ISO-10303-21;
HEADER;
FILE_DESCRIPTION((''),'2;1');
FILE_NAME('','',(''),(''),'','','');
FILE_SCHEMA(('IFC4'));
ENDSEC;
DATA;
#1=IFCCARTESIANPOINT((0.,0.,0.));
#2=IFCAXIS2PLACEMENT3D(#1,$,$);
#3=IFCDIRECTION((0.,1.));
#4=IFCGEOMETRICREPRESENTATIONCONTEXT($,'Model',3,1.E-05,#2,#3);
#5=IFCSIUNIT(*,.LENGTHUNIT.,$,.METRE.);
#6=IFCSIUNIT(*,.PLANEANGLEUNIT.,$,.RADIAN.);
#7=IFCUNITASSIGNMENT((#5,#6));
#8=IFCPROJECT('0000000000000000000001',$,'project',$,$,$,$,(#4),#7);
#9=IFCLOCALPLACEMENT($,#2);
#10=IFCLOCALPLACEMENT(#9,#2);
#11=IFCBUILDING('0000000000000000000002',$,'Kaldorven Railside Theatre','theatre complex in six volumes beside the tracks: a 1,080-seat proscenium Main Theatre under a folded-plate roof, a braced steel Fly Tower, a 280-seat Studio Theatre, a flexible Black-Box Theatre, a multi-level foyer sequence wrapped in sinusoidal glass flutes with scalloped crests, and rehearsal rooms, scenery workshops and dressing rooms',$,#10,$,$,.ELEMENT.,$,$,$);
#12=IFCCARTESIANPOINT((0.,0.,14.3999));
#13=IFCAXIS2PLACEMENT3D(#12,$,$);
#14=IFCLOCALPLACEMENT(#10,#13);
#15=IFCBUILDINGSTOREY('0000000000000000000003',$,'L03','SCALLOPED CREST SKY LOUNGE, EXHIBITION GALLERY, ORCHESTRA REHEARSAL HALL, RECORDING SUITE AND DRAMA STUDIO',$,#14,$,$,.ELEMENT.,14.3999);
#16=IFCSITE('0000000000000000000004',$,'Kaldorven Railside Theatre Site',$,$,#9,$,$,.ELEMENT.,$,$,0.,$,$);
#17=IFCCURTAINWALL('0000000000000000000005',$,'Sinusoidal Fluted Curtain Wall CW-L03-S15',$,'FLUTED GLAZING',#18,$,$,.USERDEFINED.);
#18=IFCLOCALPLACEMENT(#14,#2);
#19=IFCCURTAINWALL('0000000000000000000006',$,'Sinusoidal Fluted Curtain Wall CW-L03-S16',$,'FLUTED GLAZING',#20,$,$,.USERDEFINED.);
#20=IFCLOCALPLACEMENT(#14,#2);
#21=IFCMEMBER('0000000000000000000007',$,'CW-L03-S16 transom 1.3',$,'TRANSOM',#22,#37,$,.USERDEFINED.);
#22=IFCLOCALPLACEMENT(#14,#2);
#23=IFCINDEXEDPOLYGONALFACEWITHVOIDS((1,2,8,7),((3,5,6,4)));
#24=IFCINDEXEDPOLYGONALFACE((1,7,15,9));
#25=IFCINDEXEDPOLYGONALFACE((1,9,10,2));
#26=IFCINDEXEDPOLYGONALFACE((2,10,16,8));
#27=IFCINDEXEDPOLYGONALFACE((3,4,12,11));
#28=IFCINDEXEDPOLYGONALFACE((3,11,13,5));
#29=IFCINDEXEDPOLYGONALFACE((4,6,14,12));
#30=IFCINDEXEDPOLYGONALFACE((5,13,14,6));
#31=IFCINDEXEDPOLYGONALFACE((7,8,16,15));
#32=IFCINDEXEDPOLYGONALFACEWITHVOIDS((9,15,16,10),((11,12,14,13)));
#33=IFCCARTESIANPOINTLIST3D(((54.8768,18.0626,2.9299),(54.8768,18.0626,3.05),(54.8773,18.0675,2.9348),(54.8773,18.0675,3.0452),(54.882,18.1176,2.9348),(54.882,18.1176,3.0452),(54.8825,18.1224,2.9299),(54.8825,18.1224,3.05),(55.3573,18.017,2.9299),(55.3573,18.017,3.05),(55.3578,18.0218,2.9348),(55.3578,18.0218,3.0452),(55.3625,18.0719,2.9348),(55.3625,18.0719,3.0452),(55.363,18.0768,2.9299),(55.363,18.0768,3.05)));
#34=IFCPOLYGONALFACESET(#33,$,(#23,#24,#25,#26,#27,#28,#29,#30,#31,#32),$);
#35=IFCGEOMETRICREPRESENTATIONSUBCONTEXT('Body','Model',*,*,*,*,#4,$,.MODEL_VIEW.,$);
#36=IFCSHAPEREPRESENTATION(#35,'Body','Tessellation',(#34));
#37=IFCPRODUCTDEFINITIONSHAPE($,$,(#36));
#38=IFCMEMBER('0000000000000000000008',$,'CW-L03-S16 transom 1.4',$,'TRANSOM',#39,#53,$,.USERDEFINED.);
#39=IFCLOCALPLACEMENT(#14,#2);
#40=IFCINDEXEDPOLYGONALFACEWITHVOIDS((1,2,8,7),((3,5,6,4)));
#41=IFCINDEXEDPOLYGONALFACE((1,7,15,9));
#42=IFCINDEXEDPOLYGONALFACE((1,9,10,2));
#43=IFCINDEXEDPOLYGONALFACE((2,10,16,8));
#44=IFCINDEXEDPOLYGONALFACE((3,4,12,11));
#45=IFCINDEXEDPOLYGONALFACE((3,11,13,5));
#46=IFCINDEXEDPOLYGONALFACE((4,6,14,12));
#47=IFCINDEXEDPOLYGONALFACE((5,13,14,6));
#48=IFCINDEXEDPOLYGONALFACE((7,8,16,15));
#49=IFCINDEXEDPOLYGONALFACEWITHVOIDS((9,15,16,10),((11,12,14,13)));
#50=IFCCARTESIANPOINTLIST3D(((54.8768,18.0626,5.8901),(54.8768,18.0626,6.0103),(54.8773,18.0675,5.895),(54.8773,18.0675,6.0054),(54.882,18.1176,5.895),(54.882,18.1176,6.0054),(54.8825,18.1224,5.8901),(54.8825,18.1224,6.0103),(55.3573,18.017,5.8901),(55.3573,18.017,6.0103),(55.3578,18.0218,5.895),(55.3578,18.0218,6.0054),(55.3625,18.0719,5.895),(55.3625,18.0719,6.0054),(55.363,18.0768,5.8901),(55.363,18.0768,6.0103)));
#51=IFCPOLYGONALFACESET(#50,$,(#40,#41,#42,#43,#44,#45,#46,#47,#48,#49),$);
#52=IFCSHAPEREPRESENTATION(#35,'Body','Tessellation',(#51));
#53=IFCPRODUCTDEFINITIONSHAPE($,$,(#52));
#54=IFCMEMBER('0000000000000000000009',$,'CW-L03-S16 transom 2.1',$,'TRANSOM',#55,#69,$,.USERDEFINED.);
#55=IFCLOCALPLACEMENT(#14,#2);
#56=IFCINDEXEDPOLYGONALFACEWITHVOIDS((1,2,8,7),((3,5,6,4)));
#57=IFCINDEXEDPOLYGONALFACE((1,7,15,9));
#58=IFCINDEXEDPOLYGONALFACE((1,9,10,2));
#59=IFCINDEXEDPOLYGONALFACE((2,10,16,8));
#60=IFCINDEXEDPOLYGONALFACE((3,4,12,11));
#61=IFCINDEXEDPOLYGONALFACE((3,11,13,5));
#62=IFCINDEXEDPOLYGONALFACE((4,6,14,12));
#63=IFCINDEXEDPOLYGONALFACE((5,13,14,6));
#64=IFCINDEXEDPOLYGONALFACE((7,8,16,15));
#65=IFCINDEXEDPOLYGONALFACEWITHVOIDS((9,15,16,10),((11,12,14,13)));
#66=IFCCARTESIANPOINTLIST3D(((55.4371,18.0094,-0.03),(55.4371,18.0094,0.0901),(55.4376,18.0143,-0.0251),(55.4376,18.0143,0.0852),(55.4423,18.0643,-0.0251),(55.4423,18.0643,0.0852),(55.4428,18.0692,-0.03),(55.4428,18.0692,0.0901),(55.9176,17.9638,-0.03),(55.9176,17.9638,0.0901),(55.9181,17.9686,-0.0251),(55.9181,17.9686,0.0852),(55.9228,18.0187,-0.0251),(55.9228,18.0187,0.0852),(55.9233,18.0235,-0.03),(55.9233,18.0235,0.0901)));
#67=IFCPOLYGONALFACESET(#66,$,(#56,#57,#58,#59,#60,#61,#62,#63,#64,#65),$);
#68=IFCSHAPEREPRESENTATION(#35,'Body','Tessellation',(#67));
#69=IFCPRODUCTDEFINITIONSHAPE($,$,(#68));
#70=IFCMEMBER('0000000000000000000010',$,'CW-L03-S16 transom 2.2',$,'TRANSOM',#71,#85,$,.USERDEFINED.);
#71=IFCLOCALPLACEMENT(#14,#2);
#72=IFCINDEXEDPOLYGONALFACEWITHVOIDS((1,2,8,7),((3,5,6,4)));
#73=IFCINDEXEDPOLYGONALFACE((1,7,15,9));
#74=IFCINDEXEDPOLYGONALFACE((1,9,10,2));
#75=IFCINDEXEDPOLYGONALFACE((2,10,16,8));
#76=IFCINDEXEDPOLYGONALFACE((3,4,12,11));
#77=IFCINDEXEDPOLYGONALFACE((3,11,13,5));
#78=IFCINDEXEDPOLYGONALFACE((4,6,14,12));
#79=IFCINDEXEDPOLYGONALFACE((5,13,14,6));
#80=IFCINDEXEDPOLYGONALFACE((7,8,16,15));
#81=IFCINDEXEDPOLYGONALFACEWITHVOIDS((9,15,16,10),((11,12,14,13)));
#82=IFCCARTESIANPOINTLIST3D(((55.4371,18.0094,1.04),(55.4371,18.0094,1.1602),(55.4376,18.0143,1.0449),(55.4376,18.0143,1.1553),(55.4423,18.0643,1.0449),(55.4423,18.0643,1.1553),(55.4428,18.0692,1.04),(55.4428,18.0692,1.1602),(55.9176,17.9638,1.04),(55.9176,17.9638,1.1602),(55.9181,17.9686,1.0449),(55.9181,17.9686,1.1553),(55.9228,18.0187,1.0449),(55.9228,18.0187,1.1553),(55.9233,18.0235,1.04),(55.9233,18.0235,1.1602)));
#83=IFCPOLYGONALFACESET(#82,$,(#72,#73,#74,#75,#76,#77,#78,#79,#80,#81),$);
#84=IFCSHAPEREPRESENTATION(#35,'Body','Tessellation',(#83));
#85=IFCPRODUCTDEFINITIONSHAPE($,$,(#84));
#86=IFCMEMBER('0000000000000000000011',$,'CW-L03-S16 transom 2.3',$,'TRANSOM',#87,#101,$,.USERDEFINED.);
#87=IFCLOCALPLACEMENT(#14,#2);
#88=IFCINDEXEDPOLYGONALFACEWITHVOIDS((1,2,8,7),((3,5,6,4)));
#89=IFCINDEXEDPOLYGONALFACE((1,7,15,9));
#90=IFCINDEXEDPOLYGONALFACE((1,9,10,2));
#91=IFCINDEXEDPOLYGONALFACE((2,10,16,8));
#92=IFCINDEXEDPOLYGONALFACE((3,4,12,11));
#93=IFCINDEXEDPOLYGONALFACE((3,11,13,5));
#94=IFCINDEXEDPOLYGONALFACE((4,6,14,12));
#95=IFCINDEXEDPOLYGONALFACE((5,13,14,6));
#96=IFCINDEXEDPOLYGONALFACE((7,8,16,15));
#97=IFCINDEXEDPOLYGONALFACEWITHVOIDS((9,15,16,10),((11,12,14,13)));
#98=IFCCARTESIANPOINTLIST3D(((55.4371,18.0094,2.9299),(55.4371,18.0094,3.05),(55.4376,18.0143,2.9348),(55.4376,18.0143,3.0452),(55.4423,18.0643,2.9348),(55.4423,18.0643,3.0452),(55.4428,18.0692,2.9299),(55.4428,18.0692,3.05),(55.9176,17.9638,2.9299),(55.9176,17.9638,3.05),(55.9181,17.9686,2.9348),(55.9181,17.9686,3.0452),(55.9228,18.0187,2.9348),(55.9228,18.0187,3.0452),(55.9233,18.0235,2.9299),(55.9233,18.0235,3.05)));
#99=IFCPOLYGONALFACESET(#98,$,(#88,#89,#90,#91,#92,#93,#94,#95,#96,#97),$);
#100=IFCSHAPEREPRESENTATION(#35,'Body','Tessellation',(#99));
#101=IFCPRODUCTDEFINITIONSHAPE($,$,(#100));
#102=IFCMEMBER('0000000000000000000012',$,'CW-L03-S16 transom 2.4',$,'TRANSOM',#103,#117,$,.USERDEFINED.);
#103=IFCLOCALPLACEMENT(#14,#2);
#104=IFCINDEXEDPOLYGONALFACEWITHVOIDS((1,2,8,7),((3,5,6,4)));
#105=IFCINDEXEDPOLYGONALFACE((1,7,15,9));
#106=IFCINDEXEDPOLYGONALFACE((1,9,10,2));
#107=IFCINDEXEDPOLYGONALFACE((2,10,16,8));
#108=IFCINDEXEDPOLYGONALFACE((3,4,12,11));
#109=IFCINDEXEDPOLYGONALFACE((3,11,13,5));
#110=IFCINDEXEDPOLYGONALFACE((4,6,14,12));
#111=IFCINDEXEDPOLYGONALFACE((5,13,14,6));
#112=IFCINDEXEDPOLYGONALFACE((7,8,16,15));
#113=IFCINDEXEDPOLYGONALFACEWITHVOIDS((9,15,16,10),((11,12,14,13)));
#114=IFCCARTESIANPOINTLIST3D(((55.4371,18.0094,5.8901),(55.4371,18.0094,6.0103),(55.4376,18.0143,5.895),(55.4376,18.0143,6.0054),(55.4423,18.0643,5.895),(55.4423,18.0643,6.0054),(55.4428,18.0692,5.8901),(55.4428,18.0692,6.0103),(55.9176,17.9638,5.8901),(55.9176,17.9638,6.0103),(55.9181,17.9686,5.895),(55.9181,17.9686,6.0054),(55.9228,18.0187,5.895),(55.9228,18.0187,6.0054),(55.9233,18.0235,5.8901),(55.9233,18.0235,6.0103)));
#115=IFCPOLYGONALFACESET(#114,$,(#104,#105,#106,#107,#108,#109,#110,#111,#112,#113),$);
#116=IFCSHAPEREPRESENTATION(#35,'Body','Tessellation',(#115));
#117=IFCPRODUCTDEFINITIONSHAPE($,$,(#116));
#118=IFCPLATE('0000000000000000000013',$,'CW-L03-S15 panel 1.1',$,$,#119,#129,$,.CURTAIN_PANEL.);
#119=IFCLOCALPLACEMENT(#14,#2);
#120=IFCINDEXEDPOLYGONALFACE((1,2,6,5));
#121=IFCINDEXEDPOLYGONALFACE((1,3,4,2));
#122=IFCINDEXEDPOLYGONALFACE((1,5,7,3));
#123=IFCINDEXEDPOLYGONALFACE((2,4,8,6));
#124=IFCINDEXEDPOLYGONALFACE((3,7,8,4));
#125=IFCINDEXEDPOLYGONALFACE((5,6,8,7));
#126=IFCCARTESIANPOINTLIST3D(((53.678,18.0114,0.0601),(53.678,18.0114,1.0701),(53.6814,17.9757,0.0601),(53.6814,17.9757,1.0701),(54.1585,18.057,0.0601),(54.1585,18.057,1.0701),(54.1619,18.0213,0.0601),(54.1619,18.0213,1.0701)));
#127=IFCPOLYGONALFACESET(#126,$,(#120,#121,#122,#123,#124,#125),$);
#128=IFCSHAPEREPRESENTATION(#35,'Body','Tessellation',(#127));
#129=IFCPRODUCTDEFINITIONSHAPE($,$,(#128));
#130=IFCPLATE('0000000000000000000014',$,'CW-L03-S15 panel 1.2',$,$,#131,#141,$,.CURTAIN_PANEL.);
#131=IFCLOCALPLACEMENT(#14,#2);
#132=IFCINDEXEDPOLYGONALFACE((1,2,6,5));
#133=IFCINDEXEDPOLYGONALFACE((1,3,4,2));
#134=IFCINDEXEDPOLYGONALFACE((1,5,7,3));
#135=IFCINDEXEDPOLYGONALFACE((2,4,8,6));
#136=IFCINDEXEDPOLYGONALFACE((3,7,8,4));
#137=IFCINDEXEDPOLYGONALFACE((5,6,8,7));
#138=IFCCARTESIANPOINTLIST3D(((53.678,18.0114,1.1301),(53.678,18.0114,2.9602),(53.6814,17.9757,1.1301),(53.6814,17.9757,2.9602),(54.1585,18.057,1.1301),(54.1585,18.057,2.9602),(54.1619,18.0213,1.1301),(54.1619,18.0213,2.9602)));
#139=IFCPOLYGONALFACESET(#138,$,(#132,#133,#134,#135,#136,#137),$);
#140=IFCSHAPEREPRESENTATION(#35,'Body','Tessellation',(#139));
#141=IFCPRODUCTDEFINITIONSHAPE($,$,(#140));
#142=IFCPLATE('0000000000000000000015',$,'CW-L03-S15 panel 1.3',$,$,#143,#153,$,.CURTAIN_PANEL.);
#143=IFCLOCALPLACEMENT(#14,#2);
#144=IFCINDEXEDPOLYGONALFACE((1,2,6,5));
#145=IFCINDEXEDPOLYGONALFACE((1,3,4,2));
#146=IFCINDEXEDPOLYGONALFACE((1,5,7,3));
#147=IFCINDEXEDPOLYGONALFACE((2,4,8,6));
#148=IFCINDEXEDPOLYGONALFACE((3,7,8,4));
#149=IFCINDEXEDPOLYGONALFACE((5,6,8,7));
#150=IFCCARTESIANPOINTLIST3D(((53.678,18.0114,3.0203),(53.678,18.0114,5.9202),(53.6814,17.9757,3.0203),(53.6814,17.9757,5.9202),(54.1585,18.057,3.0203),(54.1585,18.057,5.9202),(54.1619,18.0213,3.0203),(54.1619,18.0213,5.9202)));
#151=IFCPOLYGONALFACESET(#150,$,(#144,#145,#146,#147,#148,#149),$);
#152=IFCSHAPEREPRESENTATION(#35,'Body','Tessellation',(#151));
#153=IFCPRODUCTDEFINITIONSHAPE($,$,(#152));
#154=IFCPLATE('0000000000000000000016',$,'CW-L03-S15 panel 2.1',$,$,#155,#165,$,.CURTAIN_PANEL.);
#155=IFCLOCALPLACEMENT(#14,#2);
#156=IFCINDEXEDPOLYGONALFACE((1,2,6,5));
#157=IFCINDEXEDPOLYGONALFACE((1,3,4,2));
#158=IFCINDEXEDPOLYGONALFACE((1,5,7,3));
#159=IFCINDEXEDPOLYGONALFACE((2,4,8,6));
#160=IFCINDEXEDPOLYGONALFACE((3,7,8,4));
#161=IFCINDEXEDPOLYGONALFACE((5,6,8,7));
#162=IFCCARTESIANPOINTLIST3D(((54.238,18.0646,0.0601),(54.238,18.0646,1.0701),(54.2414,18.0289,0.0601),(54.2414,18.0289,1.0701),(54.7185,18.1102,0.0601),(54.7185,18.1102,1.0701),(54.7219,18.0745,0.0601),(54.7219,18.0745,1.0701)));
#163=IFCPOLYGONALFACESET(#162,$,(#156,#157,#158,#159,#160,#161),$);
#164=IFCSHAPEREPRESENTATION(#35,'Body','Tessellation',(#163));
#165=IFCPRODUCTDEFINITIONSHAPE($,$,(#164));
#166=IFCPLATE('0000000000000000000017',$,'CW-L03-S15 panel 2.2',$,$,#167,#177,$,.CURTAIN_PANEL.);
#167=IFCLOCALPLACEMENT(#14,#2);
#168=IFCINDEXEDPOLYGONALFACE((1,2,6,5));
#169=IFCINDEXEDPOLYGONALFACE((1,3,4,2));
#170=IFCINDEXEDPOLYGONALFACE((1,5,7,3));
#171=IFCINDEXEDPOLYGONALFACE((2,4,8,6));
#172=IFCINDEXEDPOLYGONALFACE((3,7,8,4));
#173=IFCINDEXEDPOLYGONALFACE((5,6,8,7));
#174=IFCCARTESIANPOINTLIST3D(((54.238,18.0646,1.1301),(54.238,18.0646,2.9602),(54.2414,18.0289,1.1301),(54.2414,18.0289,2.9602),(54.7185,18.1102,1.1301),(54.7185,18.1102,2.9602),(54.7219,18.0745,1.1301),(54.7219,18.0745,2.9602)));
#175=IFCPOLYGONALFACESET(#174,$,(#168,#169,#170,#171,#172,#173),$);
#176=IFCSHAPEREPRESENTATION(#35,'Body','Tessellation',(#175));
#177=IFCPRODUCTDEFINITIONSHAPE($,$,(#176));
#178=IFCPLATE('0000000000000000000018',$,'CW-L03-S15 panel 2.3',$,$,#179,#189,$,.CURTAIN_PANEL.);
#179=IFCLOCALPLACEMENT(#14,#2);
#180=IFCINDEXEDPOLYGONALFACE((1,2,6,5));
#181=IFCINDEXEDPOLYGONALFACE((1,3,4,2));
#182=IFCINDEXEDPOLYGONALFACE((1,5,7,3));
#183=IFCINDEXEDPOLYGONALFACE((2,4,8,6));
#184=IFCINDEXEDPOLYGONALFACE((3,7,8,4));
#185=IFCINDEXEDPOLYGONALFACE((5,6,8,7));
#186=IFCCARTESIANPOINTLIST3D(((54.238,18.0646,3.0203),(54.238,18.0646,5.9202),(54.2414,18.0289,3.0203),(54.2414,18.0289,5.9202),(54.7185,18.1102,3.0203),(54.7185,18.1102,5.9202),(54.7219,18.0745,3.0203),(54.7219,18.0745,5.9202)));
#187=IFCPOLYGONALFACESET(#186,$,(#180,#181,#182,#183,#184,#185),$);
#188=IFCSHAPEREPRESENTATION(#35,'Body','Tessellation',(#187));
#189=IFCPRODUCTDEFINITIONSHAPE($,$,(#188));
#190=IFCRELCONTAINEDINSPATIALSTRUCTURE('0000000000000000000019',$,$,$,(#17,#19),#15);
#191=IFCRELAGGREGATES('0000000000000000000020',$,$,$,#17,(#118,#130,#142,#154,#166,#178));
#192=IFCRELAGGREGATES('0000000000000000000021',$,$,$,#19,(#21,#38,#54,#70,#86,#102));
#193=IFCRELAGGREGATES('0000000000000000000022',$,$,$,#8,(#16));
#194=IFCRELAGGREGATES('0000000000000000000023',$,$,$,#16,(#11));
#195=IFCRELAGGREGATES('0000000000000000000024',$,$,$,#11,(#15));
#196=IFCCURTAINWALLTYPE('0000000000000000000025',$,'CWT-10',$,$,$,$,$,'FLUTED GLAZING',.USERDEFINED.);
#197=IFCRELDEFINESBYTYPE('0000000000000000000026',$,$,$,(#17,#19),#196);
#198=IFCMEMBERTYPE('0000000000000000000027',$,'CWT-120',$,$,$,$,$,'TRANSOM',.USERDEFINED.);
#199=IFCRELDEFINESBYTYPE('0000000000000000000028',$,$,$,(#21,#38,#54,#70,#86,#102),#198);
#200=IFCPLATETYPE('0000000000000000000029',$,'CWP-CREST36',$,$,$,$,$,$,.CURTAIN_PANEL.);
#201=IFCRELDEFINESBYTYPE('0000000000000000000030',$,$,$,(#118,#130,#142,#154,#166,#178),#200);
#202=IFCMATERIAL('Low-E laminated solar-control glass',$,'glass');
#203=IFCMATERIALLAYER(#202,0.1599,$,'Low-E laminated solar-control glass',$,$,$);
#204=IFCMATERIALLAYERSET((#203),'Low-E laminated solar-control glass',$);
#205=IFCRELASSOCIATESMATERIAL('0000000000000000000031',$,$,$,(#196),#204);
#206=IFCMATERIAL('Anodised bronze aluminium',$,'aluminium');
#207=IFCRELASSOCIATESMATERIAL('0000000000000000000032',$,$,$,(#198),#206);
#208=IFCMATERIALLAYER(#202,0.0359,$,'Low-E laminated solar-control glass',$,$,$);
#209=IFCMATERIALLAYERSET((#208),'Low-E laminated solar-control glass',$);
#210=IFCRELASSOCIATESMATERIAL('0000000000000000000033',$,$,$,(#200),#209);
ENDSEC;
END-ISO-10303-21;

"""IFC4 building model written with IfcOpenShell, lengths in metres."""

from ifc_helpers import new_model, si_unit, direction, frame, origin, origin_2d, place, context, subcontext, project, spatial, rectangle, hollow_rectangle, extrude, material, layer, layer_set, material_profile, profile_set, type_object, element, aggregate, save


model = new_model("IFC4")

# Units and contexts
model_context = context("Model", 3, precision=1e-05, world=origin(), true_north=direction((0.0, 1.0)))
body_context = subcontext(model_context, "Body", "Model", "MODEL_VIEW")
ifc_project = project(units=[si_unit("LENGTHUNIT", "METRE"), si_unit("PLANEANGLEUNIT", "RADIAN")], contexts=[model_context])

# Site, building, storey
site_placement = place(None, origin())
site = spatial("IfcSite", under=ifc_project, at=site_placement, Name="Kaldorven Railside Theatre Site", CompositionType="ELEMENT", RefElevation=0.0)
building_placement = place(site_placement, origin())
building = spatial("IfcBuilding", under=site, at=building_placement, Name="Kaldorven Railside Theatre", Description="theatre complex in six volumes beside the tracks: a 1,080-seat proscenium Main Theatre under a folded-plate roof, a braced steel Fly Tower, a 280-seat Studio Theatre, a flexible Black-Box Theatre, a multi-level foyer sequence wrapped in sinusoidal glass flutes with scalloped crests, and rehearsal rooms, scenery workshops and dressing rooms", CompositionType="ELEMENT")
storey_placement = place(building_placement, frame((0.0, 0.0, 14.3999)))
storey = spatial("IfcBuildingStorey", under=building, at=storey_placement, Name="L03", Description="SCALLOPED CREST SKY LOUNGE, EXHIBITION GALLERY, ORCHESTRA REHEARSAL HALL, RECORDING SUITE AND DRAMA STUDIO", CompositionType="ELEMENT", Elevation=14.3999)

# Curtain walls
ifc_material_1 = material(Name="Low-E laminated solar-control glass", Category="glass")
ifc_layer_1 = layer(ifc_material_1, 0.1599, Name="Low-E laminated solar-control glass")
ifc_layer_set_1 = layer_set([ifc_layer_1], Name="Low-E laminated solar-control glass")
curtain_wall_type = type_object("IfcCurtainWallType", Name="CWT-10", ElementType="FLUTED GLAZING", PredefinedType="USERDEFINED", material=ifc_layer_set_1)
curtain_wall_1_placement = place(storey_placement, origin())
curtain_wall_1 = element("IfcCurtainWall", 1, at=curtain_wall_1_placement, inside=storey, type_object=curtain_wall_type, Name="Sinusoidal Fluted Curtain Wall CW-L03-S15", ObjectType="FLUTED GLAZING", PredefinedType="USERDEFINED")
ifc_material_2 = material(Name="Anodised bronze aluminium", Category="aluminium")
curtain_wall_2_placement = place(storey_placement, origin())
curtain_wall_2 = element("IfcCurtainWall", 2, at=curtain_wall_2_placement, inside=storey, type_object=curtain_wall_type, Name="Sinusoidal Fluted Curtain Wall CW-L03-S16", ObjectType="FLUTED GLAZING", PredefinedType="USERDEFINED")

# Members
ifc_material_profile_1 = material_profile(ifc_material_2, hollow_rectangle(XDim=0.0601, YDim=0.1201, WallThickness=0.0049, at=origin_2d()), Name="RHS 120x60x5")
ifc_profile_set_1 = profile_set([ifc_material_profile_1], Name="Anodised bronze aluminium")
member_type_1 = type_object("IfcMemberType", Name="CWT-120", ElementType="TRANSOM", PredefinedType="USERDEFINED", material=ifc_profile_set_1)
member_1_placement = place(storey_placement, frame((54.8796, 18.0925, 2.99), z_axis=(0.995516, -0.094594, 0.0), x_axis=(0.094594, 0.995516, 0.0)))
member_1 = element("IfcMember", 3, at=member_1_placement, type_object=member_type_1, Name="CW-L03-S16 transom 1.3", ObjectType="TRANSOM", PredefinedType="USERDEFINED", context=body_context, shape_type="SweptSolid", body=[
    extrude(hollow_rectangle(XDim=0.0601, YDim=0.1201, WallThickness=0.0049, at=origin_2d()), origin(), (0.0, 0.0, 1.0), 0.4827),
])
member_2_placement = place(storey_placement, frame((54.8796, 18.0925, 5.9502), z_axis=(0.995516, -0.094594, 0.0), x_axis=(0.094594, 0.995516, 0.0)))
member_2 = element("IfcMember", 4, at=member_2_placement, type_object=member_type_1, Name="CW-L03-S16 transom 1.4", ObjectType="TRANSOM", PredefinedType="USERDEFINED", context=body_context, shape_type="SweptSolid", body=[
    extrude(hollow_rectangle(XDim=0.0601, YDim=0.1201, WallThickness=0.0049, at=origin_2d()), origin(), (0.0, 0.0, 1.0), 0.4827),
])
member_3_placement = place(storey_placement, frame((55.4399, 18.0393, 0.03), z_axis=(0.995516, -0.094594, 0.0), x_axis=(0.094594, 0.995516, 0.0)))
member_3 = element("IfcMember", 5, at=member_3_placement, type_object=member_type_1, Name="CW-L03-S16 transom 2.1", ObjectType="TRANSOM", PredefinedType="USERDEFINED", context=body_context, shape_type="SweptSolid", body=[
    extrude(hollow_rectangle(XDim=0.0601, YDim=0.1201, WallThickness=0.0049, at=origin_2d()), origin(), (0.0, 0.0, 1.0), 0.4827),
])
member_4_placement = place(storey_placement, frame((55.4399, 18.0393, 1.1001), z_axis=(0.995516, -0.094594, 0.0), x_axis=(0.094594, 0.995516, 0.0)))
member_4 = element("IfcMember", 6, at=member_4_placement, type_object=member_type_1, Name="CW-L03-S16 transom 2.2", ObjectType="TRANSOM", PredefinedType="USERDEFINED", context=body_context, shape_type="SweptSolid", body=[
    extrude(hollow_rectangle(XDim=0.0601, YDim=0.1201, WallThickness=0.0049, at=origin_2d()), origin(), (0.0, 0.0, 1.0), 0.4827),
])
member_5_placement = place(storey_placement, frame((55.4399, 18.0393, 2.99), z_axis=(0.995516, -0.094594, 0.0), x_axis=(0.094594, 0.995516, 0.0)))
member_5 = element("IfcMember", 7, at=member_5_placement, type_object=member_type_1, Name="CW-L03-S16 transom 2.3", ObjectType="TRANSOM", PredefinedType="USERDEFINED", context=body_context, shape_type="SweptSolid", body=[
    extrude(hollow_rectangle(XDim=0.0601, YDim=0.1201, WallThickness=0.0049, at=origin_2d()), origin(), (0.0, 0.0, 1.0), 0.4827),
])
member_6_placement = place(storey_placement, frame((55.4399, 18.0393, 5.9502), z_axis=(0.995516, -0.094594, 0.0), x_axis=(0.094594, 0.995516, 0.0)))
member_6 = element("IfcMember", 8, at=member_6_placement, type_object=member_type_1, Name="CW-L03-S16 transom 2.4", ObjectType="TRANSOM", PredefinedType="USERDEFINED", context=body_context, shape_type="SweptSolid", body=[
    extrude(hollow_rectangle(XDim=0.0601, YDim=0.1201, WallThickness=0.0049, at=origin_2d()), origin(), (0.0, 0.0, 1.0), 0.4827),
])

# Plates
ifc_layer_2 = layer(ifc_material_1, 0.0359, Name="Low-E laminated solar-control glass")
ifc_layer_set_2 = layer_set([ifc_layer_2], Name="Low-E laminated solar-control glass")
plate_type = type_object("IfcPlateType", Name="CWP-CREST36", PredefinedType="CURTAIN_PANEL", material=ifc_layer_set_2)
plate_1_placement = place(storey_placement, frame((53.9199, 18.0164, 0.0601), z_axis=(0.0, 0.0, 1.0), x_axis=(0.995526, 0.094492, 0.0)))
plate_1 = element("IfcPlate", 9, at=plate_1_placement, type_object=plate_type, Name="CW-L03-S15 panel 1.1", PredefinedType="CURTAIN_PANEL", context=body_context, shape_type="SweptSolid", body=[
    extrude(rectangle(XDim=0.4827, YDim=0.0359, at=origin_2d()), origin(), (0.0, 0.0, 1.0), 1.01),
])
plate_2_placement = place(storey_placement, frame((53.9199, 18.0164, 1.1301), z_axis=(0.0, 0.0, 1.0), x_axis=(0.995526, 0.094492, 0.0)))
plate_2 = element("IfcPlate", 10, at=plate_2_placement, type_object=plate_type, Name="CW-L03-S15 panel 1.2", PredefinedType="CURTAIN_PANEL", context=body_context, shape_type="SweptSolid", body=[
    extrude(rectangle(XDim=0.4827, YDim=0.0359, at=origin_2d()), origin(), (0.0, 0.0, 1.0), 1.8301),
])
plate_3_placement = place(storey_placement, frame((53.9199, 18.0164, 3.0203), z_axis=(0.0, 0.0, 1.0), x_axis=(0.995526, 0.094492, 0.0)))
plate_3 = element("IfcPlate", 11, at=plate_3_placement, type_object=plate_type, Name="CW-L03-S15 panel 1.3", PredefinedType="CURTAIN_PANEL", context=body_context, shape_type="SweptSolid", body=[
    extrude(rectangle(XDim=0.4827, YDim=0.0359, at=origin_2d()), origin(), (0.0, 0.0, 1.0), 2.8999),
])
plate_4_placement = place(storey_placement, frame((54.48, 18.0696, 0.0601), z_axis=(0.0, 0.0, 1.0), x_axis=(0.995526, 0.094492, 0.0)))
plate_4 = element("IfcPlate", 12, at=plate_4_placement, type_object=plate_type, Name="CW-L03-S15 panel 2.1", PredefinedType="CURTAIN_PANEL", context=body_context, shape_type="SweptSolid", body=[
    extrude(rectangle(XDim=0.4827, YDim=0.0359, at=origin_2d()), origin(), (0.0, 0.0, 1.0), 1.01),
])
plate_5_placement = place(storey_placement, frame((54.48, 18.0696, 1.1301), z_axis=(0.0, 0.0, 1.0), x_axis=(0.995526, 0.094492, 0.0)))
plate_5 = element("IfcPlate", 13, at=plate_5_placement, type_object=plate_type, Name="CW-L03-S15 panel 2.2", PredefinedType="CURTAIN_PANEL", context=body_context, shape_type="SweptSolid", body=[
    extrude(rectangle(XDim=0.4827, YDim=0.0359, at=origin_2d()), origin(), (0.0, 0.0, 1.0), 1.8301),
])
plate_6_placement = place(storey_placement, frame((54.48, 18.0696, 3.0203), z_axis=(0.0, 0.0, 1.0), x_axis=(0.995526, 0.094492, 0.0)))
plate_6 = element("IfcPlate", 14, at=plate_6_placement, type_object=plate_type, Name="CW-L03-S15 panel 2.3", PredefinedType="CURTAIN_PANEL", context=body_context, shape_type="SweptSolid", body=[
    extrude(rectangle(XDim=0.4827, YDim=0.0359, at=origin_2d()), origin(), (0.0, 0.0, 1.0), 2.8999),
])
aggregate(curtain_wall_1, [plate_1, plate_2, plate_3, plate_4, plate_5, plate_6])
aggregate(curtain_wall_2, [member_1, member_2, member_3, member_4, member_5, member_6])

save(model, "model.ifc")
